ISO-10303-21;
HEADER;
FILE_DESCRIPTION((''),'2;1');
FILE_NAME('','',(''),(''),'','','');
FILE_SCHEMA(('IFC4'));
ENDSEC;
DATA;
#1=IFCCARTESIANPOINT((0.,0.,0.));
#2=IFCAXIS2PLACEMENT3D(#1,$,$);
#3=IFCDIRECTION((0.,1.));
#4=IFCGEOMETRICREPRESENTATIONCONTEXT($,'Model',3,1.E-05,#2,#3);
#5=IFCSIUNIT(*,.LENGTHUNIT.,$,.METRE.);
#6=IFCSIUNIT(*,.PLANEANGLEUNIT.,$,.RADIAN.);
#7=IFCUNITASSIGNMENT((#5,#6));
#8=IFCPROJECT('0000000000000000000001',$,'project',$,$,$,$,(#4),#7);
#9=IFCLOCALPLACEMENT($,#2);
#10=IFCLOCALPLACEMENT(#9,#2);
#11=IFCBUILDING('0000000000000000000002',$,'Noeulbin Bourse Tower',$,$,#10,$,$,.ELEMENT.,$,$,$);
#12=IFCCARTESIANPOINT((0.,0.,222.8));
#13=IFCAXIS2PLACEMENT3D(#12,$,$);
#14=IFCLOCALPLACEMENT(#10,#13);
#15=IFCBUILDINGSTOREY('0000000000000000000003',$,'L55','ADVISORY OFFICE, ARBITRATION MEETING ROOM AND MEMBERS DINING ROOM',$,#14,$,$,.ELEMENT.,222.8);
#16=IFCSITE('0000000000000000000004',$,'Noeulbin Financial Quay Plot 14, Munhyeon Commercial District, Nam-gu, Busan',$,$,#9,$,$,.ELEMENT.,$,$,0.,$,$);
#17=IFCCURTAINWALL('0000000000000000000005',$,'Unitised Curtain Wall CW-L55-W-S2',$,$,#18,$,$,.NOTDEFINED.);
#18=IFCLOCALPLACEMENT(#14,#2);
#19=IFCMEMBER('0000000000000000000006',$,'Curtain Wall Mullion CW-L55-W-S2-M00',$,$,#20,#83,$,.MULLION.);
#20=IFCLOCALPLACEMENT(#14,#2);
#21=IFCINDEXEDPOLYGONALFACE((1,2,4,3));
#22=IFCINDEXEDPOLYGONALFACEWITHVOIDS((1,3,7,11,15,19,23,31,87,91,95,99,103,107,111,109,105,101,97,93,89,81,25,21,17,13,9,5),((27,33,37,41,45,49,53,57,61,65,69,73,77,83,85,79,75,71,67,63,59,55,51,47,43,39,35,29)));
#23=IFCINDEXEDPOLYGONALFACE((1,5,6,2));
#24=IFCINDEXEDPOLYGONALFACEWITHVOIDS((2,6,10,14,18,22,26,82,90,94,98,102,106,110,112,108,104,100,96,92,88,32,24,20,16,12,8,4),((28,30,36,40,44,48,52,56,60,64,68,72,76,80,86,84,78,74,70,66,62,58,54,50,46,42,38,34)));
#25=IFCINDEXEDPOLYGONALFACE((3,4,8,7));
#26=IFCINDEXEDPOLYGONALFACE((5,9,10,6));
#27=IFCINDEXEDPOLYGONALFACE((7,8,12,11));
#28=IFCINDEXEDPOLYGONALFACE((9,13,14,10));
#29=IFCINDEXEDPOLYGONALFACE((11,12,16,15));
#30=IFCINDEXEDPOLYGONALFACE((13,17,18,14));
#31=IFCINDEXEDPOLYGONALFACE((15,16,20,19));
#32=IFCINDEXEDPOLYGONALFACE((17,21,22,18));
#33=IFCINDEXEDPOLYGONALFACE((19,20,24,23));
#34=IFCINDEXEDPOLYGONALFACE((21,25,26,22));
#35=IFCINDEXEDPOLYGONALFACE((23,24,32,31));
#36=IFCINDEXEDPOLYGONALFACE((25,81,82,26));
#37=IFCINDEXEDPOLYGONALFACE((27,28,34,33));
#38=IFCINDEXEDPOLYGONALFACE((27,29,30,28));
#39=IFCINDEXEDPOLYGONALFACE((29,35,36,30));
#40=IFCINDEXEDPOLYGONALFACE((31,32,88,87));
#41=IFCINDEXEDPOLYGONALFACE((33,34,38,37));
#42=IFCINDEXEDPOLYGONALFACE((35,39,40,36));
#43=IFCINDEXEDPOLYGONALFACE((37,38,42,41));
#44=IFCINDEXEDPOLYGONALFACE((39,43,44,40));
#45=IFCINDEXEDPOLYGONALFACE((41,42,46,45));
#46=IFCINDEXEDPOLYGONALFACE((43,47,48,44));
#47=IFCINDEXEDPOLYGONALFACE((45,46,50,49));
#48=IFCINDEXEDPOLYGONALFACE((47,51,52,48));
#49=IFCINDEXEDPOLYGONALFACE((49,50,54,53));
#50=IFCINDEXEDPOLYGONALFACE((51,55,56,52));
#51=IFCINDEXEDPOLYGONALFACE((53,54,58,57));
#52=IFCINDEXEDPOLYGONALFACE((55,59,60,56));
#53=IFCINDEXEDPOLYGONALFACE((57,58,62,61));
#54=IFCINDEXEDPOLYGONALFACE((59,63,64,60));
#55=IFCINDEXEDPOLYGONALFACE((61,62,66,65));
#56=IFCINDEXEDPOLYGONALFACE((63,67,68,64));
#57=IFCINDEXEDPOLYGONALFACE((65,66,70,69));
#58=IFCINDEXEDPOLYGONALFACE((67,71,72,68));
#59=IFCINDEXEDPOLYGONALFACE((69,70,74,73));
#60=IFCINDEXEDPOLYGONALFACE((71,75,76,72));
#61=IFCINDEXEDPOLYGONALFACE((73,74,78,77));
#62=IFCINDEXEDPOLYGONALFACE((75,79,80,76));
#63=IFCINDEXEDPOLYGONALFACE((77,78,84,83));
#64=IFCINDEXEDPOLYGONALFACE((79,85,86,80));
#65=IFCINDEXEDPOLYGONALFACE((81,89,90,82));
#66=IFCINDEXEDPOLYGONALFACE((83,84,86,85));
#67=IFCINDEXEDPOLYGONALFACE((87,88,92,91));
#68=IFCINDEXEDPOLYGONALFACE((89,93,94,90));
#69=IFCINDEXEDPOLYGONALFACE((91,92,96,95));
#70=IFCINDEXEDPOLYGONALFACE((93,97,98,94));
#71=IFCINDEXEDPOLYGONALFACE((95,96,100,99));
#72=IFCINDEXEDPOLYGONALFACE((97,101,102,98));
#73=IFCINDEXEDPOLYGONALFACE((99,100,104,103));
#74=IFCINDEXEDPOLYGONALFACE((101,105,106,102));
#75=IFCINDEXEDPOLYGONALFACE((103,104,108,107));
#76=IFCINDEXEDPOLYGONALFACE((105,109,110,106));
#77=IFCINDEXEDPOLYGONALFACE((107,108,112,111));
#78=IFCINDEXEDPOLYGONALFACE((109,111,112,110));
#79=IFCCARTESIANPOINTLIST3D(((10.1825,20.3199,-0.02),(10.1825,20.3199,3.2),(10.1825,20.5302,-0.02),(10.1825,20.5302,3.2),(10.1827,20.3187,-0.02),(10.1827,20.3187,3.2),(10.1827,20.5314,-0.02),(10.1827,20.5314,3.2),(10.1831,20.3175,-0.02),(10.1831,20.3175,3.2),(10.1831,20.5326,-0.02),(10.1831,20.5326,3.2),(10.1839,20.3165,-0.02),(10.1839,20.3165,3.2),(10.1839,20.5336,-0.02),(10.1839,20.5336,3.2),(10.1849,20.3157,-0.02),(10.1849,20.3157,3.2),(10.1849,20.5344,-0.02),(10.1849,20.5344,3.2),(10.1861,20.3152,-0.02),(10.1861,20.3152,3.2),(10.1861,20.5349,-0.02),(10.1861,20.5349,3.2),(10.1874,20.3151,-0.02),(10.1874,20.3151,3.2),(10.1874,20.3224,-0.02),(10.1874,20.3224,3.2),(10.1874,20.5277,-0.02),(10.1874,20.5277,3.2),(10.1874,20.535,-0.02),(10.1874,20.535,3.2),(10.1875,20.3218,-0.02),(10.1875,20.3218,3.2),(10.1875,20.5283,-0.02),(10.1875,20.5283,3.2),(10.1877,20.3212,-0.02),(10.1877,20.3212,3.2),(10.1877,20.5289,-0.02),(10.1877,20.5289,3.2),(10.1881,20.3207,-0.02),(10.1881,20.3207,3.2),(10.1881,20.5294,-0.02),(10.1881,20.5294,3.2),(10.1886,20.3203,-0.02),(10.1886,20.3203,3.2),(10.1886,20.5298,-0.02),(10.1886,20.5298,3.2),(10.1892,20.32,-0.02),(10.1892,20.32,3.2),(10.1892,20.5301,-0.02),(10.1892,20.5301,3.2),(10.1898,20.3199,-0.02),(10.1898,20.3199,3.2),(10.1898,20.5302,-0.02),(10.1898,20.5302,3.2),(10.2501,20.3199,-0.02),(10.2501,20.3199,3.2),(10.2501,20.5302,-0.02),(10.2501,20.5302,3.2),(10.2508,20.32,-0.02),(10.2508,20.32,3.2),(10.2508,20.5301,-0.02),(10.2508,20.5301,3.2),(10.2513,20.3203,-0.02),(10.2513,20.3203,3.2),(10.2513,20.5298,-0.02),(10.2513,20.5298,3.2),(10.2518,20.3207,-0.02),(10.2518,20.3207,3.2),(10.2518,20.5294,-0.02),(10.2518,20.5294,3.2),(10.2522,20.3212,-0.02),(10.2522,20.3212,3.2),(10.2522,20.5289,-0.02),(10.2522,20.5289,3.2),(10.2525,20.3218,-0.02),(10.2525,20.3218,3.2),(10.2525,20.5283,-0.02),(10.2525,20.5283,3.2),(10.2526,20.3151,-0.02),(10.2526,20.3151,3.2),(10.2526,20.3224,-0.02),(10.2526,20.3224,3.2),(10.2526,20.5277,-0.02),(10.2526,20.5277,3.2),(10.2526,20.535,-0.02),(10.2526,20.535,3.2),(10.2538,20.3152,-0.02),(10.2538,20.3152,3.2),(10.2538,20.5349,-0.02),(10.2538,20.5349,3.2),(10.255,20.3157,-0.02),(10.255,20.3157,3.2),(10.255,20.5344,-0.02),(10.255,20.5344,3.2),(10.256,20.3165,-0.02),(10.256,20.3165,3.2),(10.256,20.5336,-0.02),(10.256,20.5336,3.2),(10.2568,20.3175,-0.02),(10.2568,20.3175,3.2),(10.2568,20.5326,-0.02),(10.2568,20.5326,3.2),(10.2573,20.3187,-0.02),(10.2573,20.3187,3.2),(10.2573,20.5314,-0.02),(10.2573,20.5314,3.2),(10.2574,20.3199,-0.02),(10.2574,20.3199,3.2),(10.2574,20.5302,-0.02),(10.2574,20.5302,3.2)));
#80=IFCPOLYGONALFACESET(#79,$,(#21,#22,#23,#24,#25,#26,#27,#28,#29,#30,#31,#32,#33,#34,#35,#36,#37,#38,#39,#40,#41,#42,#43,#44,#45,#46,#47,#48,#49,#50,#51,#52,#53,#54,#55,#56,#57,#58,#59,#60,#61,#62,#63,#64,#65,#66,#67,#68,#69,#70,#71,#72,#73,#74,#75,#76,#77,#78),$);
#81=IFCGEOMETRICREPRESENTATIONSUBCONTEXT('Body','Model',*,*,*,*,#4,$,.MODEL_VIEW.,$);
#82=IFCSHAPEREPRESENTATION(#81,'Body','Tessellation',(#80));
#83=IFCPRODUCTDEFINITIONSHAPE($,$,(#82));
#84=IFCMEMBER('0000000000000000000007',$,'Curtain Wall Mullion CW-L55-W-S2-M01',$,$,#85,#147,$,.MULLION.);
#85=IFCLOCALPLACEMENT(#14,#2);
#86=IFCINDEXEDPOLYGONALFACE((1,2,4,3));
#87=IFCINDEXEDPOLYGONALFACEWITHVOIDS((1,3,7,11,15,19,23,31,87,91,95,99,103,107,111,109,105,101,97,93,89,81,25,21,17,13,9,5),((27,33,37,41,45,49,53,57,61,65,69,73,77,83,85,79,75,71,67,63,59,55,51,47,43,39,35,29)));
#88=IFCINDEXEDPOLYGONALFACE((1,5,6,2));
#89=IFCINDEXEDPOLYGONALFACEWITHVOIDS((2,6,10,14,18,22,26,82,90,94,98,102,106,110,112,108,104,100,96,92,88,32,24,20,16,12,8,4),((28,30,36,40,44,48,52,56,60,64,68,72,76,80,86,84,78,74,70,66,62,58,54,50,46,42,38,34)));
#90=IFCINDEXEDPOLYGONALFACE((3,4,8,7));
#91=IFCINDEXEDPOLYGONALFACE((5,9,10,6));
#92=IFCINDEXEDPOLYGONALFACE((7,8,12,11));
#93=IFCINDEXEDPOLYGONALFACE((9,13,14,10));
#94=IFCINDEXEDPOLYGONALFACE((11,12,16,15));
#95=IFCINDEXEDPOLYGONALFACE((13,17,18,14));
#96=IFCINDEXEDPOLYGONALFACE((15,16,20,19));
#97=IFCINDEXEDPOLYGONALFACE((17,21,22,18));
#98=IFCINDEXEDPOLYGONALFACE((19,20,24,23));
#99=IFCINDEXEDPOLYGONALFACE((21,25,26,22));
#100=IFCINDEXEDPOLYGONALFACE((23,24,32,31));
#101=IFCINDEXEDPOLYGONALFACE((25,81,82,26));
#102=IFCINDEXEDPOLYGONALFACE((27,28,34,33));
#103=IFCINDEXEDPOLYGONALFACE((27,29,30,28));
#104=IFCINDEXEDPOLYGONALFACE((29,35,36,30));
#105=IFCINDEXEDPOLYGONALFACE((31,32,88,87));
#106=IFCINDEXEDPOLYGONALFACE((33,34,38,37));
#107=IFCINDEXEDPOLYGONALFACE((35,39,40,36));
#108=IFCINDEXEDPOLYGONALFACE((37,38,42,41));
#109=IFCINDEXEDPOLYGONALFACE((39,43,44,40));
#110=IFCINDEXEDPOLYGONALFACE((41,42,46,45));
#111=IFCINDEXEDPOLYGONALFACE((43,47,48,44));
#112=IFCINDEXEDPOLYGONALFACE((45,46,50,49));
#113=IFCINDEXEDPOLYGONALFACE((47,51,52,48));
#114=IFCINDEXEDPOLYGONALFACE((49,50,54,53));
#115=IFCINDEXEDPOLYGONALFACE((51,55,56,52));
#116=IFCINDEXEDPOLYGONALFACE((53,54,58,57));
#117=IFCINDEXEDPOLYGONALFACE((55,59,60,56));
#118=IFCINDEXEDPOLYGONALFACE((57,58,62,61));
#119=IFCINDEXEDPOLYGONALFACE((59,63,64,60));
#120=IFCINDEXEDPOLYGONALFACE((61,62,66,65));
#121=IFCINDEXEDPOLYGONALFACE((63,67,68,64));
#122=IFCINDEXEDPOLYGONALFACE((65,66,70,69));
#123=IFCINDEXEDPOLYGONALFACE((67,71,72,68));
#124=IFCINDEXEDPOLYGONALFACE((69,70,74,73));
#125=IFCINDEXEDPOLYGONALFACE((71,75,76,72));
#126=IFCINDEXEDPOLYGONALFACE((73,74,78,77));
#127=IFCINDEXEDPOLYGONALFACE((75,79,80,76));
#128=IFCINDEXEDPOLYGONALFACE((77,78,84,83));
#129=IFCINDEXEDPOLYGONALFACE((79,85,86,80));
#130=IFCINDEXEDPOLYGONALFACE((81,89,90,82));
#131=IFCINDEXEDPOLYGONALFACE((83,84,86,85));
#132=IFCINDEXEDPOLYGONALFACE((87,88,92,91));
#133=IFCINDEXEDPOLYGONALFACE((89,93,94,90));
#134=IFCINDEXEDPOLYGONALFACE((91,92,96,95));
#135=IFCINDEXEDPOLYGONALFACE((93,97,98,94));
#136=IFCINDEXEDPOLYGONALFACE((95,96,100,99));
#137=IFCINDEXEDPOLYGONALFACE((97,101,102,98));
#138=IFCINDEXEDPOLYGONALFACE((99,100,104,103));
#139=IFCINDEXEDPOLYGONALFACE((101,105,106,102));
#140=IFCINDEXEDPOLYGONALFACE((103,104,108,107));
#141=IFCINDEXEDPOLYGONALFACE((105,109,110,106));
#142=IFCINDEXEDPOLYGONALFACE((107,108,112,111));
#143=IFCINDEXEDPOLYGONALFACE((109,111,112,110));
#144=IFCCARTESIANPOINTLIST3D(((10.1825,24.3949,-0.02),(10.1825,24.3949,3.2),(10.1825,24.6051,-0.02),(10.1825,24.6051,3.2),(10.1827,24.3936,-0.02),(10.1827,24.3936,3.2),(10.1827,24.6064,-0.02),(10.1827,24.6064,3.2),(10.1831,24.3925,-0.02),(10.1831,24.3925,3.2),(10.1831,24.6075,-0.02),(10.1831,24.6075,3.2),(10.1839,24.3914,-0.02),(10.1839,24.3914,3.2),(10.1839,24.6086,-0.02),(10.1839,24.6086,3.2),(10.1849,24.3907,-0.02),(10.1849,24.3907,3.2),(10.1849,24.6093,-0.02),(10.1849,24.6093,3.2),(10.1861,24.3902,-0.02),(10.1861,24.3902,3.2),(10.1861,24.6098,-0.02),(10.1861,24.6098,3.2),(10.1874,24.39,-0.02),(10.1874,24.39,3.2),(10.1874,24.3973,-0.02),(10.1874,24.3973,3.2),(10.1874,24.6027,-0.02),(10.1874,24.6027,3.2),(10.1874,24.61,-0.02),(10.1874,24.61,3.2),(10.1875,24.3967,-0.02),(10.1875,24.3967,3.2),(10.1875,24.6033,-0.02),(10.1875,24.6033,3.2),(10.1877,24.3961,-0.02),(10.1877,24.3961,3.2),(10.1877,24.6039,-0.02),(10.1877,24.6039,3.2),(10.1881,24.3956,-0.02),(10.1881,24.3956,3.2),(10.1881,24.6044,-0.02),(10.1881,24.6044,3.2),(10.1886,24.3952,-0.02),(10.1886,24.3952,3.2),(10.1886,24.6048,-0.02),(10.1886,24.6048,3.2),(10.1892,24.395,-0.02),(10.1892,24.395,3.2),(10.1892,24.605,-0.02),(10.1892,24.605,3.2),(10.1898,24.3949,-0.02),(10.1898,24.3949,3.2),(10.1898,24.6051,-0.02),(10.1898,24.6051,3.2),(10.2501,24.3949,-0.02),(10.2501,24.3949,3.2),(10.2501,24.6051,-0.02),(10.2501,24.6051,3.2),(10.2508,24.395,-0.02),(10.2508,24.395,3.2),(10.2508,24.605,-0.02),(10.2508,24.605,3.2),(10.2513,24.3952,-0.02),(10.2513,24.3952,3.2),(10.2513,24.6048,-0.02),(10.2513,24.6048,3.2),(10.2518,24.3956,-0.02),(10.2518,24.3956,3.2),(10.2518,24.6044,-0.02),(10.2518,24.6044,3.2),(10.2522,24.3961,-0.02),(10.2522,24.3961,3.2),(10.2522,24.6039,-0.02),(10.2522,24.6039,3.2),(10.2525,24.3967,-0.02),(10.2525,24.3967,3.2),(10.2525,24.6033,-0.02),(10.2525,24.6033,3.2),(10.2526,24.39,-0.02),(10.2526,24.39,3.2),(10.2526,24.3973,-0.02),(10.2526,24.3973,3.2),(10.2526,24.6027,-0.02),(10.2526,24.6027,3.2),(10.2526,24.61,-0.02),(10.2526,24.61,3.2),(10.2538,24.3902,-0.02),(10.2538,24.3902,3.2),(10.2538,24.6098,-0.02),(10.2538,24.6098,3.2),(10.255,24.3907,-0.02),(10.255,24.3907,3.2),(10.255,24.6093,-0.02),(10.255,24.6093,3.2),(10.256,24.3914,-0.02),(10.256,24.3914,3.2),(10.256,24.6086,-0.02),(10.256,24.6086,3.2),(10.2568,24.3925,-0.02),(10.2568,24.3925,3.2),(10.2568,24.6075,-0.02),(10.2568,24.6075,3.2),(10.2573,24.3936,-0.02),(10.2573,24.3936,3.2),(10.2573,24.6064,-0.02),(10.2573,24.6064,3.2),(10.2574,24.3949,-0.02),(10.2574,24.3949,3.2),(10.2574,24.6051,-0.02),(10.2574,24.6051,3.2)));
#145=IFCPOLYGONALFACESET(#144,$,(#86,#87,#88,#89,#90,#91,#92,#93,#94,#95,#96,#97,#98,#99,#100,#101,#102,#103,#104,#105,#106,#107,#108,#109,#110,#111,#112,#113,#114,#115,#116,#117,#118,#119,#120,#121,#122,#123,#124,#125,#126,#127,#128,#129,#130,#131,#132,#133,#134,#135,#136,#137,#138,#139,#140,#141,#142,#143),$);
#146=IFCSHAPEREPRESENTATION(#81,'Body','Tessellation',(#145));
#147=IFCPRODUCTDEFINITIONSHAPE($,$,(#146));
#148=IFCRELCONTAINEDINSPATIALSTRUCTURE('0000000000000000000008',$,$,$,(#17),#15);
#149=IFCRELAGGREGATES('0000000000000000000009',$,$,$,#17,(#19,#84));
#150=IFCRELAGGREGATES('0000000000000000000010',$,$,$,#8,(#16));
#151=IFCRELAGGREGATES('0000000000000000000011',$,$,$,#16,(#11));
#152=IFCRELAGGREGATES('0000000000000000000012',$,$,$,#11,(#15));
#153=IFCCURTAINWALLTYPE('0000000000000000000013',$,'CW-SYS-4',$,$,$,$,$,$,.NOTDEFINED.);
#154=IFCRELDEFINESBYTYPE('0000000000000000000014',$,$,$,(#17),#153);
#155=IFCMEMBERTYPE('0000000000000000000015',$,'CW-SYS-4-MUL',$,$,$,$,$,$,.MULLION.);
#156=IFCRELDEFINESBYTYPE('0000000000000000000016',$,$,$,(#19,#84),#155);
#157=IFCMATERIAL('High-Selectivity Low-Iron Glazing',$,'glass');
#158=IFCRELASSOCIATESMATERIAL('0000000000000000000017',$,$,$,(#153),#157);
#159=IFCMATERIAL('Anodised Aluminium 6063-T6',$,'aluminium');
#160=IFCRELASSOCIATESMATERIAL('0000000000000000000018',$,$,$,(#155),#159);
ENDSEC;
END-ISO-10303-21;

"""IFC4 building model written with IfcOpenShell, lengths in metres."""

from ifc_helpers import new_model, si_unit, direction, frame, origin, origin_2d, place, context, subcontext, project, spatial, hollow_rectangle, extrude, material, material_profile, profile_set, type_object, element, aggregate, save


model = new_model("IFC4")

# Units and contexts
model_context = context("Model", 3, precision=1e-05, world=origin(), true_north=direction((0.0, 1.0)))
body_context = subcontext(model_context, "Body", "Model", "MODEL_VIEW")
ifc_project = project(units=[si_unit("LENGTHUNIT", "METRE"), si_unit("PLANEANGLEUNIT", "RADIAN")], contexts=[model_context])

# Site, building, storey
site_placement = place(None, origin())
site = spatial("IfcSite", under=ifc_project, at=site_placement, Name="Noeulbin Financial Quay Plot 14, Munhyeon Commercial District, Nam-gu, Busan", CompositionType="ELEMENT", RefElevation=0.0)
building_placement = place(site_placement, origin())
building = spatial("IfcBuilding", under=site, at=building_placement, Name="Noeulbin Bourse Tower", CompositionType="ELEMENT")
storey_placement = place(building_placement, frame((0.0, 0.0, 222.8)))
storey = spatial("IfcBuildingStorey", under=building, at=storey_placement, Name="L55", Description="ADVISORY OFFICE, ARBITRATION MEETING ROOM AND MEMBERS DINING ROOM", CompositionType="ELEMENT", Elevation=222.8)

# Curtain wall, members
ifc_material_1 = material(Name="High-Selectivity Low-Iron Glazing", Category="glass")
curtain_wall_type = type_object("IfcCurtainWallType", Name="CW-SYS-4", PredefinedType="NOTDEFINED", material=ifc_material_1)
curtain_wall_1_placement = place(storey_placement, origin())
curtain_wall_1 = element("IfcCurtainWall", 1, at=curtain_wall_1_placement, inside=storey, type_object=curtain_wall_type, Name="Unitised Curtain Wall CW-L55-W-S2", PredefinedType="NOTDEFINED")
ifc_material_2 = material(Name="Anodised Aluminium 6063-T6", Category="aluminium")
ifc_material_profile_1 = material_profile(ifc_material_2, hollow_rectangle(XDim=0.075, YDim=0.22, WallThickness=0.0049, InnerFilletRadius=0.0024, OuterFilletRadius=0.0049, at=origin_2d()), Name="ALU-MULL-75x220x5", Category="LoadBearing")
ifc_profile_set_1 = profile_set([ifc_material_profile_1], Name="Anodised Aluminium 6063-T6")
member_type_1 = type_object("IfcMemberType", Name="CW-SYS-4-MUL", PredefinedType="MULLION", material=ifc_profile_set_1)
member_1_placement = place(storey_placement, frame((10.22, 20.425, -0.02), z_axis=(0.0, 0.0, 1.0), x_axis=(1.0, 0.0, 0.0)))
member_1 = element("IfcMember", 2, at=member_1_placement, type_object=member_type_1, Name="Curtain Wall Mullion CW-L55-W-S2-M00", PredefinedType="MULLION", context=body_context, shape_type="SweptSolid", body=[
    extrude(hollow_rectangle(XDim=0.075, YDim=0.22, WallThickness=0.0049, InnerFilletRadius=0.0024, OuterFilletRadius=0.0049, at=origin_2d()), origin(), (0.0, 0.0, 1.0), 3.22),
])
member_2_placement = place(storey_placement, frame((10.22, 24.5, -0.02), z_axis=(0.0, 0.0, 1.0), x_axis=(1.0, 0.0, 0.0)))
member_2 = element("IfcMember", 3, at=member_2_placement, type_object=member_type_1, Name="Curtain Wall Mullion CW-L55-W-S2-M01", PredefinedType="MULLION", context=body_context, shape_type="SweptSolid", body=[
    extrude(hollow_rectangle(XDim=0.075, YDim=0.22, WallThickness=0.0049, InnerFilletRadius=0.0024, OuterFilletRadius=0.0049, at=origin_2d()), origin(), (0.0, 0.0, 1.0), 3.22),
])

aggregate(curtain_wall_1, [member_1, member_2])

save(model, "model.ifc")
